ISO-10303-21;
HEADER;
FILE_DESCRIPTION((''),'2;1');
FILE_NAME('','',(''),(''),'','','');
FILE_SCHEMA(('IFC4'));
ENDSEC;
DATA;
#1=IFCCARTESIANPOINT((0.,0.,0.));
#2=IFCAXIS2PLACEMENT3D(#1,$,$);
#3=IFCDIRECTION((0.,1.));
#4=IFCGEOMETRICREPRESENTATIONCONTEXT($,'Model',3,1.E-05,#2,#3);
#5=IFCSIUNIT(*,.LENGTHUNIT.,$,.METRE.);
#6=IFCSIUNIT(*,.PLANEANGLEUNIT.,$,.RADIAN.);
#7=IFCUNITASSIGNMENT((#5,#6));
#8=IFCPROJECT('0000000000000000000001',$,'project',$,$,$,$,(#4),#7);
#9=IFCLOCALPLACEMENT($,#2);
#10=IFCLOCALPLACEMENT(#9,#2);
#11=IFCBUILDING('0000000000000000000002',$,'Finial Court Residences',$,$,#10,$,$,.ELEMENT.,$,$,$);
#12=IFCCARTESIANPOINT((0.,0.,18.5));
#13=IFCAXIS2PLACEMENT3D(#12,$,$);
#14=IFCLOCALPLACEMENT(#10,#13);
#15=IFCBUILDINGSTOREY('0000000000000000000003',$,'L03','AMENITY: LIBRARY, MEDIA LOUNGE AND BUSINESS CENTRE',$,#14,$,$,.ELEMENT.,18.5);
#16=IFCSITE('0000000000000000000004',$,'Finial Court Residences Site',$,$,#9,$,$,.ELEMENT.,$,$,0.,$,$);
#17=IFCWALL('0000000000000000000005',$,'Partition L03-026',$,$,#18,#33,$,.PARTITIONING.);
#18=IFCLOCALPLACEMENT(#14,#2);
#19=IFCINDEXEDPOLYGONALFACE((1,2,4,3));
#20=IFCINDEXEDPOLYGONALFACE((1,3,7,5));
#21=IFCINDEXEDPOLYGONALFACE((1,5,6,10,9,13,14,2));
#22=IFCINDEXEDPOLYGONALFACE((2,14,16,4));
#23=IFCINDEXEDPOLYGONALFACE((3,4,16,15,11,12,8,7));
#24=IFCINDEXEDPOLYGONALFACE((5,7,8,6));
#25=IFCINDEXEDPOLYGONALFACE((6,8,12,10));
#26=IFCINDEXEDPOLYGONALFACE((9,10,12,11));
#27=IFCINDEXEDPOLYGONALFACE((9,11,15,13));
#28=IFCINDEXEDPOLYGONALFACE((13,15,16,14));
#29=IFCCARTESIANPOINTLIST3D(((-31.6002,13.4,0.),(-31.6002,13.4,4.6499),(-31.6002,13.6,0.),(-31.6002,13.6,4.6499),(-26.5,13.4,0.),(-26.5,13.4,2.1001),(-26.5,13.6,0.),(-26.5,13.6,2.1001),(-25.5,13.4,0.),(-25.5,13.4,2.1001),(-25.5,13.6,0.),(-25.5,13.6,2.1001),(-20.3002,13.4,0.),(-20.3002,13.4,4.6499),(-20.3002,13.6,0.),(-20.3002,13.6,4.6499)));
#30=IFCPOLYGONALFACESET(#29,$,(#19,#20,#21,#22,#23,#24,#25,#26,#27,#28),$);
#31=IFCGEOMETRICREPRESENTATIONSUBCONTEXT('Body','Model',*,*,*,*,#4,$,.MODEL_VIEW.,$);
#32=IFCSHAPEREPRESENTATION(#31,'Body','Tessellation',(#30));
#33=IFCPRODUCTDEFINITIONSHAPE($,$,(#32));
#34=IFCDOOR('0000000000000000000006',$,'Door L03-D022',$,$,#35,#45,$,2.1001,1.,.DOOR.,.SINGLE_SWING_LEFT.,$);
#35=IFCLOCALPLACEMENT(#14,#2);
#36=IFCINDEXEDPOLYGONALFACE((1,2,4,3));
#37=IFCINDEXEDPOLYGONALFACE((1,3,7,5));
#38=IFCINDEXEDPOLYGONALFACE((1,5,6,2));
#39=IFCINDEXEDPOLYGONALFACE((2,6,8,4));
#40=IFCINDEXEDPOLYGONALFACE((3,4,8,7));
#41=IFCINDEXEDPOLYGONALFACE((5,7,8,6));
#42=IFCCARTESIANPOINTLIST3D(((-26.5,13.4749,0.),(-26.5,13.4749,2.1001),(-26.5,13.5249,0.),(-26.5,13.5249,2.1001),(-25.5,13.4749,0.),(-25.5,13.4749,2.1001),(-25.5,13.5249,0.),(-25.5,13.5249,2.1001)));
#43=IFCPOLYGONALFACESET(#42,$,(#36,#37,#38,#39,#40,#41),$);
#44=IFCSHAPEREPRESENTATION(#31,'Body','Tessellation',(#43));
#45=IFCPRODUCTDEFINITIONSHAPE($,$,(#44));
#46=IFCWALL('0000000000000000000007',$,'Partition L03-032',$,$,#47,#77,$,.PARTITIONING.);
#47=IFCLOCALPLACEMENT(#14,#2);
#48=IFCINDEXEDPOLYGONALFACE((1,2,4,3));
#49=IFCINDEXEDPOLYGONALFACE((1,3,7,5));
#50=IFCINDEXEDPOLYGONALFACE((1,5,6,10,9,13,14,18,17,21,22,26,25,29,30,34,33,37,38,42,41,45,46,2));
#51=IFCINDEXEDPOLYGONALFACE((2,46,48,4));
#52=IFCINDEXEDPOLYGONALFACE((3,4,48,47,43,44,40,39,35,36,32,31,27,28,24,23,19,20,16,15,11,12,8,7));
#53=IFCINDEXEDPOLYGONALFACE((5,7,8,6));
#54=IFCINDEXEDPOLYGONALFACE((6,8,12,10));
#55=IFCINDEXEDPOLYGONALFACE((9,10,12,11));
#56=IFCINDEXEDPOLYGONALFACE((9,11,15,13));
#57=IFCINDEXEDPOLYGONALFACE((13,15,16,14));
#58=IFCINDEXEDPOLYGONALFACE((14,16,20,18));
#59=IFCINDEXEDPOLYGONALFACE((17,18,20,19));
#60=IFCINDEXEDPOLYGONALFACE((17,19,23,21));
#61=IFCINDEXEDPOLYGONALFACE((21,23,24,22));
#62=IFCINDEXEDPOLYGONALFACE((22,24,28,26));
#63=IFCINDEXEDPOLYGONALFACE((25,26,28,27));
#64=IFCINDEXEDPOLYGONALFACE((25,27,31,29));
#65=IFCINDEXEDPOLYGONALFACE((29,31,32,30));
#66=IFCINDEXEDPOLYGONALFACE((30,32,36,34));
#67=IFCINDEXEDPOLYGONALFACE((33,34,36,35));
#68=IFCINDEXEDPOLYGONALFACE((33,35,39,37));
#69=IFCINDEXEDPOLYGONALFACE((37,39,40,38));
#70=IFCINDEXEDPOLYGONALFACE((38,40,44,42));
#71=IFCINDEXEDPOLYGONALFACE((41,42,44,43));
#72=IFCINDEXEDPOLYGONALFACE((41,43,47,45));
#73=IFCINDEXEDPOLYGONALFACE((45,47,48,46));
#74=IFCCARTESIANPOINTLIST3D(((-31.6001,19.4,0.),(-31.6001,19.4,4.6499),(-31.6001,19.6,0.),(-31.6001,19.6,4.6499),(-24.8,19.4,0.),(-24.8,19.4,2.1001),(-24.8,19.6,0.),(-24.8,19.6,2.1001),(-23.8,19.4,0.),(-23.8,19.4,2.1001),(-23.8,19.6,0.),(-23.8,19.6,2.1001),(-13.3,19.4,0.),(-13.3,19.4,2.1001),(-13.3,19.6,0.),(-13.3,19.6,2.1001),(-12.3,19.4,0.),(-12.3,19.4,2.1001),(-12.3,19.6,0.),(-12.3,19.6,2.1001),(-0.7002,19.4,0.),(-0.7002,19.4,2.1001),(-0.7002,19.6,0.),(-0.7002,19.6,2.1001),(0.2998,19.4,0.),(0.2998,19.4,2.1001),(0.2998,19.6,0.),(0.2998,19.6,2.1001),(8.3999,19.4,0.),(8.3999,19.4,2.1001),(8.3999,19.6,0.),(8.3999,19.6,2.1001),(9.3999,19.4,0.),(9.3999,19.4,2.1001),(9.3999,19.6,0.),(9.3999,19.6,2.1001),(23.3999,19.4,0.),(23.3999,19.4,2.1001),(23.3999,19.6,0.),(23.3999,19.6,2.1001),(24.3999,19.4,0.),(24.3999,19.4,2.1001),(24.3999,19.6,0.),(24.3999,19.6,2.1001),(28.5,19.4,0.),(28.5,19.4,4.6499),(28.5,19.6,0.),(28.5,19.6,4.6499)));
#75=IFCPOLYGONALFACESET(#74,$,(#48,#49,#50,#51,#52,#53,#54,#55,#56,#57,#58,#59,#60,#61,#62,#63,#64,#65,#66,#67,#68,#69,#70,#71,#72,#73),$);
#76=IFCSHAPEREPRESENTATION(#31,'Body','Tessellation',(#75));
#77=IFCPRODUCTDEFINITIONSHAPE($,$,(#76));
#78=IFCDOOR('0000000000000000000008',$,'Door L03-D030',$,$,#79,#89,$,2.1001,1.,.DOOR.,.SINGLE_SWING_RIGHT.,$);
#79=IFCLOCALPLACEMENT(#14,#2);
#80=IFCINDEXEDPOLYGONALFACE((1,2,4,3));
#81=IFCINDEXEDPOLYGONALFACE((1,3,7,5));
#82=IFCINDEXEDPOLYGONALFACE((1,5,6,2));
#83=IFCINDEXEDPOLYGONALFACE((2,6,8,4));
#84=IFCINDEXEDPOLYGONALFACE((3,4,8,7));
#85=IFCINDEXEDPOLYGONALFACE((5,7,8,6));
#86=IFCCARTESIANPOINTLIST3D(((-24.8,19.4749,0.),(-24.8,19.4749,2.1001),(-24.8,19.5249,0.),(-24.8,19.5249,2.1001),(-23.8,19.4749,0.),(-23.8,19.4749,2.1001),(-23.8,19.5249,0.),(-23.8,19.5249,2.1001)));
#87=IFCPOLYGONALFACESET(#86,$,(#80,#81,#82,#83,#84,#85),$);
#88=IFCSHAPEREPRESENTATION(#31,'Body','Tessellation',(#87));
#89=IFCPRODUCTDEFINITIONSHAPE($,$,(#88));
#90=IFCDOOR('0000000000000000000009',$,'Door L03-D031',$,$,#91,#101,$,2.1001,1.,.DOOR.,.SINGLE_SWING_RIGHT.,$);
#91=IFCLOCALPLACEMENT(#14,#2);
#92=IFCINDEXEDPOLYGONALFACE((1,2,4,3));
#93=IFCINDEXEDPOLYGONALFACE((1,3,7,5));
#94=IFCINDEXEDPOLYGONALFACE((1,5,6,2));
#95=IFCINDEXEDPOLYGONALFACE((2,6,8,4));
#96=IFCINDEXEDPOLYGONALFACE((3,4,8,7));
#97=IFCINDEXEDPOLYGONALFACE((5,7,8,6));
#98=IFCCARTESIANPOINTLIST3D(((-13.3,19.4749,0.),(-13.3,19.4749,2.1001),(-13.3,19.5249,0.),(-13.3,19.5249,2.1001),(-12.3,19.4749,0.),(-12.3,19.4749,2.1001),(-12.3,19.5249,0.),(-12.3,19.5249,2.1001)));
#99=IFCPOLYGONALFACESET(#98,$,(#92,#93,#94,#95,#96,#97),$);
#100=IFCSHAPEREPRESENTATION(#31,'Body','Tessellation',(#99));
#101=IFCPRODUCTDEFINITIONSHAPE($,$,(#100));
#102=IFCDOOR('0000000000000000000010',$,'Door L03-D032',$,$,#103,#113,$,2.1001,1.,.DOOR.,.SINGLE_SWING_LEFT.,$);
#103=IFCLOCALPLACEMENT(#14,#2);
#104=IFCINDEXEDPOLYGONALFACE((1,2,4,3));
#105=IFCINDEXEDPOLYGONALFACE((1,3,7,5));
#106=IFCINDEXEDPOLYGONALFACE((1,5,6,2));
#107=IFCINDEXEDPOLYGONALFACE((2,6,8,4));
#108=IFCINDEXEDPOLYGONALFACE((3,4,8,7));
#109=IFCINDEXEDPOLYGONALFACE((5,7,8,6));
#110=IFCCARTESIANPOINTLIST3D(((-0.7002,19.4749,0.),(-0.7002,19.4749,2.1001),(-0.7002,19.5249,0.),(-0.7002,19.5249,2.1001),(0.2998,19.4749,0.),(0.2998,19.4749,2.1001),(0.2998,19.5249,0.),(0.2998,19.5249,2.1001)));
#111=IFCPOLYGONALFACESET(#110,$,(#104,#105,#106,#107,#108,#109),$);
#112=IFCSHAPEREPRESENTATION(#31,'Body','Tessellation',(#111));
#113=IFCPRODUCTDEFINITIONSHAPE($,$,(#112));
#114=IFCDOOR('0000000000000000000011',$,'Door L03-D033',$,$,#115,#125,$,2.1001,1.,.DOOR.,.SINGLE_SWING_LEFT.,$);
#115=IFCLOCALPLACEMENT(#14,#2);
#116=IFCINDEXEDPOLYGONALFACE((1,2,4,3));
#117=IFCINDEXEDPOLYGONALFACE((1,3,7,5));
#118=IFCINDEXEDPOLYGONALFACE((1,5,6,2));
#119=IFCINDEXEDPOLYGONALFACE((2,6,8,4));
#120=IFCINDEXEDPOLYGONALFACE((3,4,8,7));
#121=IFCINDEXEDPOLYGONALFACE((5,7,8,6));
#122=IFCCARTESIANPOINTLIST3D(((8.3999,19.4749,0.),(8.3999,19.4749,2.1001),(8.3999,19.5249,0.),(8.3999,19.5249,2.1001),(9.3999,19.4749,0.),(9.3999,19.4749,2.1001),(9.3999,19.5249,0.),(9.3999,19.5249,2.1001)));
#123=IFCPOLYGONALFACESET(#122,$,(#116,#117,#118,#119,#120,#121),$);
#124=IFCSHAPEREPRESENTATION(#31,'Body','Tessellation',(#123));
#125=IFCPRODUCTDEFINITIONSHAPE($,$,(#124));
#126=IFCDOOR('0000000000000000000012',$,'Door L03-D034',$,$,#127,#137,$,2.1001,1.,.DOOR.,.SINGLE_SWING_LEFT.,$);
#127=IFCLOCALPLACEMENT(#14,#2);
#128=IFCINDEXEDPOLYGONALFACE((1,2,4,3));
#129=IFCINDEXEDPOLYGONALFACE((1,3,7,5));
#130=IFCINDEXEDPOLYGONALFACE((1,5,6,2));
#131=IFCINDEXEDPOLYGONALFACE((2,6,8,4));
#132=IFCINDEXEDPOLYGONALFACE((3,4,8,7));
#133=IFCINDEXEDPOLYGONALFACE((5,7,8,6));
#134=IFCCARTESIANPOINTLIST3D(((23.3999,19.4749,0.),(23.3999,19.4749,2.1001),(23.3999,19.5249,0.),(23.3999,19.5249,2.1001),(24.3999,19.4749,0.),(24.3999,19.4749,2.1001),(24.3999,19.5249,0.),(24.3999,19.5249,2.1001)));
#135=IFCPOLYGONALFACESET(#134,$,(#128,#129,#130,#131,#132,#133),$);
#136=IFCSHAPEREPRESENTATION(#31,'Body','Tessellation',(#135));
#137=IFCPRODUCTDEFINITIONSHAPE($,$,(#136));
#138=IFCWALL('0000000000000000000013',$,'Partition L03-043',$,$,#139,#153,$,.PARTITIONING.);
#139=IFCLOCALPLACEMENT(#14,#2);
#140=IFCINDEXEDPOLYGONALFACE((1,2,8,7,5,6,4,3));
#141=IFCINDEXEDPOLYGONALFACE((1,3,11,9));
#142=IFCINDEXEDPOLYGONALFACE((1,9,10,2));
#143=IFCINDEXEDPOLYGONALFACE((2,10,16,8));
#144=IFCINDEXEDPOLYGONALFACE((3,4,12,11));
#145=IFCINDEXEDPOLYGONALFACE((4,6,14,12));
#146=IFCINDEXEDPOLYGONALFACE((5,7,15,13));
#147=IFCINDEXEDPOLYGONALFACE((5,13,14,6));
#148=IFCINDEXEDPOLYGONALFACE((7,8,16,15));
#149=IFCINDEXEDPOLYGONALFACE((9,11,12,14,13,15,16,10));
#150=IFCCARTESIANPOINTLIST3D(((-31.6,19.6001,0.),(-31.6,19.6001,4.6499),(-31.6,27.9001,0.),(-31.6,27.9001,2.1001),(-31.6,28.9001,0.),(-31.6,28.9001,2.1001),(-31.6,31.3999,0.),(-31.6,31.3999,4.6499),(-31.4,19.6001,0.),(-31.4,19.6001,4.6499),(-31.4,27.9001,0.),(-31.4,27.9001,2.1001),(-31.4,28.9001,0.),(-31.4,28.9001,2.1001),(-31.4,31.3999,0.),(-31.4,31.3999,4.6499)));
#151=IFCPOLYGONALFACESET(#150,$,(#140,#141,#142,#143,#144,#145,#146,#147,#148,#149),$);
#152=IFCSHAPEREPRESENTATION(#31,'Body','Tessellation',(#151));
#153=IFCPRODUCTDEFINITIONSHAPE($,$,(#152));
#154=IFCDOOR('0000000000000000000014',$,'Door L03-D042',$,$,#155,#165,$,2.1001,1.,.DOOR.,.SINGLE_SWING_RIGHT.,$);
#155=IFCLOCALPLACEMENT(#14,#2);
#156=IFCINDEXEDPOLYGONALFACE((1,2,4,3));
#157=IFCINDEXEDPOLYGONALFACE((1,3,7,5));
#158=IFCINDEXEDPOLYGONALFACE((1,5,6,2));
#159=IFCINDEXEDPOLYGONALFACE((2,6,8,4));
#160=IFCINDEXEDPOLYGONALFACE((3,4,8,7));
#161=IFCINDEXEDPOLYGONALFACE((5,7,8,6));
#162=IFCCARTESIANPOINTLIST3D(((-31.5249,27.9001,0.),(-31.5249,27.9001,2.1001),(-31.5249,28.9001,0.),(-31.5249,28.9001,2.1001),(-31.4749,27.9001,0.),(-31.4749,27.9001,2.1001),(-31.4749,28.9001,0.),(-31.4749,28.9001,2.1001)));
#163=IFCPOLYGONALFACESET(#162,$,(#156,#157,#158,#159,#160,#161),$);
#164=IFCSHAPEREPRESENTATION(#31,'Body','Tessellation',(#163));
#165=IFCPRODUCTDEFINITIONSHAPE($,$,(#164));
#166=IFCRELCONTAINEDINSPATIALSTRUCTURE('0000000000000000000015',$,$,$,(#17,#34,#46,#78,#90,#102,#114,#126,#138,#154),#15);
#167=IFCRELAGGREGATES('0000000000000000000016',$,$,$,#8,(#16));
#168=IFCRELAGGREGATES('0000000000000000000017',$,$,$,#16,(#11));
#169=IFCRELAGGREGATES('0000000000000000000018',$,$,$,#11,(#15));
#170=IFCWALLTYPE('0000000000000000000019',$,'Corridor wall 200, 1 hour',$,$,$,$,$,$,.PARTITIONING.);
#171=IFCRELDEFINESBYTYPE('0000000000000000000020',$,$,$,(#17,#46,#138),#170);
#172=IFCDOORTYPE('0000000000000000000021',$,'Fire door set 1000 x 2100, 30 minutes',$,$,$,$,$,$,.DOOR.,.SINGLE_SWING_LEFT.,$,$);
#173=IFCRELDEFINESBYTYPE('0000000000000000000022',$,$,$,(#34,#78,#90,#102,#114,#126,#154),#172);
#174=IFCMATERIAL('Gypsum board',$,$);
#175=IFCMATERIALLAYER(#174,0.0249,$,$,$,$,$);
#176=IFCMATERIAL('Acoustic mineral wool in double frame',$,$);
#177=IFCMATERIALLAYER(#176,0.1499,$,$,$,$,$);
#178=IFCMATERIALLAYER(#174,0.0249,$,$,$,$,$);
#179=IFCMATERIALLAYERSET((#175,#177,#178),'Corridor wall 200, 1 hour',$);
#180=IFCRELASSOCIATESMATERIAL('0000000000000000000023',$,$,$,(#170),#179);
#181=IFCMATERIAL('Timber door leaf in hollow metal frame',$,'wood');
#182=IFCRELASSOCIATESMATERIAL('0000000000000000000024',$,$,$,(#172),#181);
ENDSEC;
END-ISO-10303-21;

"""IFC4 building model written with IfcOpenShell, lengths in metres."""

from ifc_helpers import new_model, si_unit, direction, frame, frame_2d, origin, place, context, subcontext, project, spatial, rectangle, extrude, material, layer, layer_set, type_object, element, fill, save


model = new_model("IFC4")

# Units and contexts
model_context = context("Model", 3, precision=1e-05, world=origin(), true_north=direction((0.0, 1.0)))
body_context = subcontext(model_context, "Body", "Model", "MODEL_VIEW")
ifc_project = project(units=[si_unit("LENGTHUNIT", "METRE"), si_unit("PLANEANGLEUNIT", "RADIAN")], contexts=[model_context])

# Site, building, storey
site_placement = place(None, origin())
site = spatial("IfcSite", under=ifc_project, at=site_placement, Name="Finial Court Residences Site", CompositionType="ELEMENT", RefElevation=0.0)
building_placement = place(site_placement, origin())
building = spatial("IfcBuilding", under=site, at=building_placement, Name="Finial Court Residences", CompositionType="ELEMENT")
storey_placement = place(building_placement, frame((0.0, 0.0, 18.5)))
storey = spatial("IfcBuildingStorey", under=building, at=storey_placement, Name="L03", Description="AMENITY: LIBRARY, MEDIA LOUNGE AND BUSINESS CENTRE", CompositionType="ELEMENT", Elevation=18.5)

# Wall, opening, door
ifc_material_1 = material(Name="Gypsum board")
ifc_layer_1 = layer(ifc_material_1, 0.0249)
ifc_material_2 = material(Name="Acoustic mineral wool in double frame")
ifc_layer_2 = layer(ifc_material_2, 0.1499)
ifc_layer_3 = layer(ifc_material_1, 0.0249)
ifc_layer_set_1 = layer_set([ifc_layer_1, ifc_layer_2, ifc_layer_3], Name="Corridor wall 200, 1 hour")
wall_type_1 = type_object("IfcWallType", Name="Corridor wall 200, 1 hour", PredefinedType="PARTITIONING", material=ifc_layer_set_1)
wall_1_placement = place(storey_placement, frame((-31.6001, 13.5, 0.0), z_axis=(0.0, 0.0, 1.0), x_axis=(1.0, 0.0, 0.0)))
wall_1 = element("IfcWall", 1, at=wall_1_placement, inside=storey, type_object=wall_type_1, Name="Partition L03-026", PredefinedType="PARTITIONING", context=body_context, shape_type="SweptSolid", body=[
    extrude(rectangle(XDim=11.3, YDim=0.2, at=frame_2d((5.6499, 0.0))), origin(), (0.0, 0.0, 1.0), 4.6499),
])
opening_1_placement = place(wall_1_placement, frame((5.1001, 0.0, 0.0)))
opening_1 = element("IfcOpeningElement", 2, at=opening_1_placement, cuts=wall_1, PredefinedType="OPENING", context=body_context, shape_type="SweptSolid", body=[
    extrude(rectangle(XDim=1.0, YDim=2.1001, at=frame_2d((0.5, 1.05))), frame((0.0, 0.1099, 0.0), z_axis=(0.0, -1.0, 0.0), x_axis=(1.0, 0.0, 0.0)), (0.0, 0.0, 1.0), 0.22),
])
ifc_material_3 = material(Name="Timber door leaf in hollow metal frame", Category="wood")
door_type = type_object("IfcDoorType", Name="Fire door set 1000 x 2100, 30 minutes", OperationType="SINGLE_SWING_LEFT", PredefinedType="DOOR", material=ifc_material_3)
door_1_placement = place(opening_1_placement, origin())
door_1 = element("IfcDoor", 3, at=door_1_placement, inside=storey, type_object=door_type, Name="Door L03-D022", OperationType="SINGLE_SWING_LEFT", OverallHeight=2.1001, OverallWidth=1.0, PredefinedType="DOOR", context=body_context, shape_type="SweptSolid", body=[
    extrude(rectangle(XDim=1.0, YDim=2.1001, at=frame_2d((0.5, 1.05))), frame((0.0, 0.0249, 0.0), z_axis=(0.0, -1.0, 0.0), x_axis=(1.0, 0.0, 0.0)), (0.0, 0.0, 1.0), 0.05),
])
fill(opening_1, door_1)

# Wall, openings, doors
wall_2_placement = place(storey_placement, frame((-31.6001, 19.5, 0.0), z_axis=(0.0, 0.0, 1.0), x_axis=(1.0, 0.0, 0.0)))
wall_2 = element("IfcWall", 4, at=wall_2_placement, inside=storey, type_object=wall_type_1, Name="Partition L03-032", PredefinedType="PARTITIONING", context=body_context, shape_type="SweptSolid", body=[
    extrude(rectangle(XDim=60.1001, YDim=0.2, at=frame_2d((30.05, 0.0))), origin(), (0.0, 0.0, 1.0), 4.6499),
])
opening_2_placement = place(wall_2_placement, frame((6.8, 0.0, 0.0)))
opening_2 = element("IfcOpeningElement", 5, at=opening_2_placement, cuts=wall_2, PredefinedType="OPENING", context=body_context, shape_type="SweptSolid", body=[
    extrude(rectangle(XDim=1.0, YDim=2.1001, at=frame_2d((0.5, 1.05))), frame((0.0, 0.1099, 0.0), z_axis=(0.0, -1.0, 0.0), x_axis=(1.0, 0.0, 0.0)), (0.0, 0.0, 1.0), 0.22),
])
opening_3_placement = place(wall_2_placement, frame((18.3, 0.0, 0.0)))
opening_3 = element("IfcOpeningElement", 6, at=opening_3_placement, cuts=wall_2, PredefinedType="OPENING", context=body_context, shape_type="SweptSolid", body=[
    extrude(rectangle(XDim=1.0, YDim=2.1001, at=frame_2d((0.5, 1.05))), frame((0.0, 0.1099, 0.0), z_axis=(0.0, -1.0, 0.0), x_axis=(1.0, 0.0, 0.0)), (0.0, 0.0, 1.0), 0.22),
])
opening_4_placement = place(wall_2_placement, frame((30.8999, 0.0, 0.0)))
opening_4 = element("IfcOpeningElement", 7, at=opening_4_placement, cuts=wall_2, PredefinedType="OPENING", context=body_context, shape_type="SweptSolid", body=[
    extrude(rectangle(XDim=1.0, YDim=2.1001, at=frame_2d((0.5, 1.05))), frame((0.0, 0.1099, 0.0), z_axis=(0.0, -1.0, 0.0), x_axis=(1.0, 0.0, 0.0)), (0.0, 0.0, 1.0), 0.22),
])
opening_5_placement = place(wall_2_placement, frame((40.0, 0.0, 0.0)))
opening_5 = element("IfcOpeningElement", 8, at=opening_5_placement, cuts=wall_2, PredefinedType="OPENING", context=body_context, shape_type="SweptSolid", body=[
    extrude(rectangle(XDim=1.0, YDim=2.1001, at=frame_2d((0.5, 1.05))), frame((0.0, 0.1099, 0.0), z_axis=(0.0, -1.0, 0.0), x_axis=(1.0, 0.0, 0.0)), (0.0, 0.0, 1.0), 0.22),
])
opening_6_placement = place(wall_2_placement, frame((55.0, 0.0, 0.0)))
opening_6 = element("IfcOpeningElement", 9, at=opening_6_placement, cuts=wall_2, PredefinedType="OPENING", context=body_context, shape_type="SweptSolid", body=[
    extrude(rectangle(XDim=1.0, YDim=2.1001, at=frame_2d((0.5, 1.05))), frame((0.0, 0.1099, 0.0), z_axis=(0.0, -1.0, 0.0), x_axis=(1.0, 0.0, 0.0)), (0.0, 0.0, 1.0), 0.22),
])
door_2_placement = place(opening_2_placement, origin())
door_2 = element("IfcDoor", 10, at=door_2_placement, inside=storey, type_object=door_type, Name="Door L03-D030", OperationType="SINGLE_SWING_RIGHT", OverallHeight=2.1001, OverallWidth=1.0, PredefinedType="DOOR", context=body_context, shape_type="SweptSolid", body=[
    extrude(rectangle(XDim=1.0, YDim=2.1001, at=frame_2d((0.5, 1.05))), frame((0.0, 0.0249, 0.0), z_axis=(0.0, -1.0, 0.0), x_axis=(1.0, 0.0, 0.0)), (0.0, 0.0, 1.0), 0.05),
])
fill(opening_2, door_2)
door_3_placement = place(opening_3_placement, origin())
door_3 = element("IfcDoor", 11, at=door_3_placement, inside=storey, type_object=door_type, Name="Door L03-D031", OperationType="SINGLE_SWING_RIGHT", OverallHeight=2.1001, OverallWidth=1.0, PredefinedType="DOOR", context=body_context, shape_type="SweptSolid", body=[
    extrude(rectangle(XDim=1.0, YDim=2.1001, at=frame_2d((0.5, 1.05))), frame((0.0, 0.0249, 0.0), z_axis=(0.0, -1.0, 0.0), x_axis=(1.0, 0.0, 0.0)), (0.0, 0.0, 1.0), 0.05),
])
fill(opening_3, door_3)
door_4_placement = place(opening_4_placement, origin())
door_4 = element("IfcDoor", 12, at=door_4_placement, inside=storey, type_object=door_type, Name="Door L03-D032", OperationType="SINGLE_SWING_LEFT", OverallHeight=2.1001, OverallWidth=1.0, PredefinedType="DOOR", context=body_context, shape_type="SweptSolid", body=[
    extrude(rectangle(XDim=1.0, YDim=2.1001, at=frame_2d((0.5, 1.05))), frame((0.0, 0.0249, 0.0), z_axis=(0.0, -1.0, 0.0), x_axis=(1.0, 0.0, 0.0)), (0.0, 0.0, 1.0), 0.05),
])
fill(opening_4, door_4)
door_5_placement = place(opening_5_placement, origin())
door_5 = element("IfcDoor", 13, at=door_5_placement, inside=storey, type_object=door_type, Name="Door L03-D033", OperationType="SINGLE_SWING_LEFT", OverallHeight=2.1001, OverallWidth=1.0, PredefinedType="DOOR", context=body_context, shape_type="SweptSolid", body=[
    extrude(rectangle(XDim=1.0, YDim=2.1001, at=frame_2d((0.5, 1.05))), frame((0.0, 0.0249, 0.0), z_axis=(0.0, -1.0, 0.0), x_axis=(1.0, 0.0, 0.0)), (0.0, 0.0, 1.0), 0.05),
])
fill(opening_5, door_5)
door_6_placement = place(opening_6_placement, origin())
door_6 = element("IfcDoor", 14, at=door_6_placement, inside=storey, type_object=door_type, Name="Door L03-D034", OperationType="SINGLE_SWING_LEFT", OverallHeight=2.1001, OverallWidth=1.0, PredefinedType="DOOR", context=body_context, shape_type="SweptSolid", body=[
    extrude(rectangle(XDim=1.0, YDim=2.1001, at=frame_2d((0.5, 1.05))), frame((0.0, 0.0249, 0.0), z_axis=(0.0, -1.0, 0.0), x_axis=(1.0, 0.0, 0.0)), (0.0, 0.0, 1.0), 0.05),
])
fill(opening_6, door_6)

# Wall, opening, door
wall_3_placement = place(storey_placement, frame((-31.5, 19.6001, 0.0), z_axis=(0.0, 0.0, 1.0), x_axis=(0.0, 1.0, 0.0)))
wall_3 = element("IfcWall", 15, at=wall_3_placement, inside=storey, type_object=wall_type_1, Name="Partition L03-043", PredefinedType="PARTITIONING", context=body_context, shape_type="SweptSolid", body=[
    extrude(rectangle(XDim=11.7998, YDim=0.2, at=frame_2d((5.8999, 0.0))), origin(), (0.0, 0.0, 1.0), 4.6499),
])
opening_7_placement = place(wall_3_placement, frame((8.3, 0.0, 0.0)))
opening_7 = element("IfcOpeningElement", 16, at=opening_7_placement, cuts=wall_3, PredefinedType="OPENING", context=body_context, shape_type="SweptSolid", body=[
    extrude(rectangle(XDim=1.0, YDim=2.1001, at=frame_2d((0.5, 1.05))), frame((0.0, 0.1099, 0.0), z_axis=(0.0, -1.0, 0.0), x_axis=(1.0, 0.0, 0.0)), (0.0, 0.0, 1.0), 0.22),
])
door_7_placement = place(opening_7_placement, origin())
door_7 = element("IfcDoor", 17, at=door_7_placement, inside=storey, type_object=door_type, Name="Door L03-D042", OperationType="SINGLE_SWING_RIGHT", OverallHeight=2.1001, OverallWidth=1.0, PredefinedType="DOOR", context=body_context, shape_type="SweptSolid", body=[
    extrude(rectangle(XDim=1.0, YDim=2.1001, at=frame_2d((0.5, 1.05))), frame((0.0, 0.0249, 0.0), z_axis=(0.0, -1.0, 0.0), x_axis=(1.0, 0.0, 0.0)), (0.0, 0.0, 1.0), 0.05),
])
fill(opening_7, door_7)

save(model, "model.ifc")
